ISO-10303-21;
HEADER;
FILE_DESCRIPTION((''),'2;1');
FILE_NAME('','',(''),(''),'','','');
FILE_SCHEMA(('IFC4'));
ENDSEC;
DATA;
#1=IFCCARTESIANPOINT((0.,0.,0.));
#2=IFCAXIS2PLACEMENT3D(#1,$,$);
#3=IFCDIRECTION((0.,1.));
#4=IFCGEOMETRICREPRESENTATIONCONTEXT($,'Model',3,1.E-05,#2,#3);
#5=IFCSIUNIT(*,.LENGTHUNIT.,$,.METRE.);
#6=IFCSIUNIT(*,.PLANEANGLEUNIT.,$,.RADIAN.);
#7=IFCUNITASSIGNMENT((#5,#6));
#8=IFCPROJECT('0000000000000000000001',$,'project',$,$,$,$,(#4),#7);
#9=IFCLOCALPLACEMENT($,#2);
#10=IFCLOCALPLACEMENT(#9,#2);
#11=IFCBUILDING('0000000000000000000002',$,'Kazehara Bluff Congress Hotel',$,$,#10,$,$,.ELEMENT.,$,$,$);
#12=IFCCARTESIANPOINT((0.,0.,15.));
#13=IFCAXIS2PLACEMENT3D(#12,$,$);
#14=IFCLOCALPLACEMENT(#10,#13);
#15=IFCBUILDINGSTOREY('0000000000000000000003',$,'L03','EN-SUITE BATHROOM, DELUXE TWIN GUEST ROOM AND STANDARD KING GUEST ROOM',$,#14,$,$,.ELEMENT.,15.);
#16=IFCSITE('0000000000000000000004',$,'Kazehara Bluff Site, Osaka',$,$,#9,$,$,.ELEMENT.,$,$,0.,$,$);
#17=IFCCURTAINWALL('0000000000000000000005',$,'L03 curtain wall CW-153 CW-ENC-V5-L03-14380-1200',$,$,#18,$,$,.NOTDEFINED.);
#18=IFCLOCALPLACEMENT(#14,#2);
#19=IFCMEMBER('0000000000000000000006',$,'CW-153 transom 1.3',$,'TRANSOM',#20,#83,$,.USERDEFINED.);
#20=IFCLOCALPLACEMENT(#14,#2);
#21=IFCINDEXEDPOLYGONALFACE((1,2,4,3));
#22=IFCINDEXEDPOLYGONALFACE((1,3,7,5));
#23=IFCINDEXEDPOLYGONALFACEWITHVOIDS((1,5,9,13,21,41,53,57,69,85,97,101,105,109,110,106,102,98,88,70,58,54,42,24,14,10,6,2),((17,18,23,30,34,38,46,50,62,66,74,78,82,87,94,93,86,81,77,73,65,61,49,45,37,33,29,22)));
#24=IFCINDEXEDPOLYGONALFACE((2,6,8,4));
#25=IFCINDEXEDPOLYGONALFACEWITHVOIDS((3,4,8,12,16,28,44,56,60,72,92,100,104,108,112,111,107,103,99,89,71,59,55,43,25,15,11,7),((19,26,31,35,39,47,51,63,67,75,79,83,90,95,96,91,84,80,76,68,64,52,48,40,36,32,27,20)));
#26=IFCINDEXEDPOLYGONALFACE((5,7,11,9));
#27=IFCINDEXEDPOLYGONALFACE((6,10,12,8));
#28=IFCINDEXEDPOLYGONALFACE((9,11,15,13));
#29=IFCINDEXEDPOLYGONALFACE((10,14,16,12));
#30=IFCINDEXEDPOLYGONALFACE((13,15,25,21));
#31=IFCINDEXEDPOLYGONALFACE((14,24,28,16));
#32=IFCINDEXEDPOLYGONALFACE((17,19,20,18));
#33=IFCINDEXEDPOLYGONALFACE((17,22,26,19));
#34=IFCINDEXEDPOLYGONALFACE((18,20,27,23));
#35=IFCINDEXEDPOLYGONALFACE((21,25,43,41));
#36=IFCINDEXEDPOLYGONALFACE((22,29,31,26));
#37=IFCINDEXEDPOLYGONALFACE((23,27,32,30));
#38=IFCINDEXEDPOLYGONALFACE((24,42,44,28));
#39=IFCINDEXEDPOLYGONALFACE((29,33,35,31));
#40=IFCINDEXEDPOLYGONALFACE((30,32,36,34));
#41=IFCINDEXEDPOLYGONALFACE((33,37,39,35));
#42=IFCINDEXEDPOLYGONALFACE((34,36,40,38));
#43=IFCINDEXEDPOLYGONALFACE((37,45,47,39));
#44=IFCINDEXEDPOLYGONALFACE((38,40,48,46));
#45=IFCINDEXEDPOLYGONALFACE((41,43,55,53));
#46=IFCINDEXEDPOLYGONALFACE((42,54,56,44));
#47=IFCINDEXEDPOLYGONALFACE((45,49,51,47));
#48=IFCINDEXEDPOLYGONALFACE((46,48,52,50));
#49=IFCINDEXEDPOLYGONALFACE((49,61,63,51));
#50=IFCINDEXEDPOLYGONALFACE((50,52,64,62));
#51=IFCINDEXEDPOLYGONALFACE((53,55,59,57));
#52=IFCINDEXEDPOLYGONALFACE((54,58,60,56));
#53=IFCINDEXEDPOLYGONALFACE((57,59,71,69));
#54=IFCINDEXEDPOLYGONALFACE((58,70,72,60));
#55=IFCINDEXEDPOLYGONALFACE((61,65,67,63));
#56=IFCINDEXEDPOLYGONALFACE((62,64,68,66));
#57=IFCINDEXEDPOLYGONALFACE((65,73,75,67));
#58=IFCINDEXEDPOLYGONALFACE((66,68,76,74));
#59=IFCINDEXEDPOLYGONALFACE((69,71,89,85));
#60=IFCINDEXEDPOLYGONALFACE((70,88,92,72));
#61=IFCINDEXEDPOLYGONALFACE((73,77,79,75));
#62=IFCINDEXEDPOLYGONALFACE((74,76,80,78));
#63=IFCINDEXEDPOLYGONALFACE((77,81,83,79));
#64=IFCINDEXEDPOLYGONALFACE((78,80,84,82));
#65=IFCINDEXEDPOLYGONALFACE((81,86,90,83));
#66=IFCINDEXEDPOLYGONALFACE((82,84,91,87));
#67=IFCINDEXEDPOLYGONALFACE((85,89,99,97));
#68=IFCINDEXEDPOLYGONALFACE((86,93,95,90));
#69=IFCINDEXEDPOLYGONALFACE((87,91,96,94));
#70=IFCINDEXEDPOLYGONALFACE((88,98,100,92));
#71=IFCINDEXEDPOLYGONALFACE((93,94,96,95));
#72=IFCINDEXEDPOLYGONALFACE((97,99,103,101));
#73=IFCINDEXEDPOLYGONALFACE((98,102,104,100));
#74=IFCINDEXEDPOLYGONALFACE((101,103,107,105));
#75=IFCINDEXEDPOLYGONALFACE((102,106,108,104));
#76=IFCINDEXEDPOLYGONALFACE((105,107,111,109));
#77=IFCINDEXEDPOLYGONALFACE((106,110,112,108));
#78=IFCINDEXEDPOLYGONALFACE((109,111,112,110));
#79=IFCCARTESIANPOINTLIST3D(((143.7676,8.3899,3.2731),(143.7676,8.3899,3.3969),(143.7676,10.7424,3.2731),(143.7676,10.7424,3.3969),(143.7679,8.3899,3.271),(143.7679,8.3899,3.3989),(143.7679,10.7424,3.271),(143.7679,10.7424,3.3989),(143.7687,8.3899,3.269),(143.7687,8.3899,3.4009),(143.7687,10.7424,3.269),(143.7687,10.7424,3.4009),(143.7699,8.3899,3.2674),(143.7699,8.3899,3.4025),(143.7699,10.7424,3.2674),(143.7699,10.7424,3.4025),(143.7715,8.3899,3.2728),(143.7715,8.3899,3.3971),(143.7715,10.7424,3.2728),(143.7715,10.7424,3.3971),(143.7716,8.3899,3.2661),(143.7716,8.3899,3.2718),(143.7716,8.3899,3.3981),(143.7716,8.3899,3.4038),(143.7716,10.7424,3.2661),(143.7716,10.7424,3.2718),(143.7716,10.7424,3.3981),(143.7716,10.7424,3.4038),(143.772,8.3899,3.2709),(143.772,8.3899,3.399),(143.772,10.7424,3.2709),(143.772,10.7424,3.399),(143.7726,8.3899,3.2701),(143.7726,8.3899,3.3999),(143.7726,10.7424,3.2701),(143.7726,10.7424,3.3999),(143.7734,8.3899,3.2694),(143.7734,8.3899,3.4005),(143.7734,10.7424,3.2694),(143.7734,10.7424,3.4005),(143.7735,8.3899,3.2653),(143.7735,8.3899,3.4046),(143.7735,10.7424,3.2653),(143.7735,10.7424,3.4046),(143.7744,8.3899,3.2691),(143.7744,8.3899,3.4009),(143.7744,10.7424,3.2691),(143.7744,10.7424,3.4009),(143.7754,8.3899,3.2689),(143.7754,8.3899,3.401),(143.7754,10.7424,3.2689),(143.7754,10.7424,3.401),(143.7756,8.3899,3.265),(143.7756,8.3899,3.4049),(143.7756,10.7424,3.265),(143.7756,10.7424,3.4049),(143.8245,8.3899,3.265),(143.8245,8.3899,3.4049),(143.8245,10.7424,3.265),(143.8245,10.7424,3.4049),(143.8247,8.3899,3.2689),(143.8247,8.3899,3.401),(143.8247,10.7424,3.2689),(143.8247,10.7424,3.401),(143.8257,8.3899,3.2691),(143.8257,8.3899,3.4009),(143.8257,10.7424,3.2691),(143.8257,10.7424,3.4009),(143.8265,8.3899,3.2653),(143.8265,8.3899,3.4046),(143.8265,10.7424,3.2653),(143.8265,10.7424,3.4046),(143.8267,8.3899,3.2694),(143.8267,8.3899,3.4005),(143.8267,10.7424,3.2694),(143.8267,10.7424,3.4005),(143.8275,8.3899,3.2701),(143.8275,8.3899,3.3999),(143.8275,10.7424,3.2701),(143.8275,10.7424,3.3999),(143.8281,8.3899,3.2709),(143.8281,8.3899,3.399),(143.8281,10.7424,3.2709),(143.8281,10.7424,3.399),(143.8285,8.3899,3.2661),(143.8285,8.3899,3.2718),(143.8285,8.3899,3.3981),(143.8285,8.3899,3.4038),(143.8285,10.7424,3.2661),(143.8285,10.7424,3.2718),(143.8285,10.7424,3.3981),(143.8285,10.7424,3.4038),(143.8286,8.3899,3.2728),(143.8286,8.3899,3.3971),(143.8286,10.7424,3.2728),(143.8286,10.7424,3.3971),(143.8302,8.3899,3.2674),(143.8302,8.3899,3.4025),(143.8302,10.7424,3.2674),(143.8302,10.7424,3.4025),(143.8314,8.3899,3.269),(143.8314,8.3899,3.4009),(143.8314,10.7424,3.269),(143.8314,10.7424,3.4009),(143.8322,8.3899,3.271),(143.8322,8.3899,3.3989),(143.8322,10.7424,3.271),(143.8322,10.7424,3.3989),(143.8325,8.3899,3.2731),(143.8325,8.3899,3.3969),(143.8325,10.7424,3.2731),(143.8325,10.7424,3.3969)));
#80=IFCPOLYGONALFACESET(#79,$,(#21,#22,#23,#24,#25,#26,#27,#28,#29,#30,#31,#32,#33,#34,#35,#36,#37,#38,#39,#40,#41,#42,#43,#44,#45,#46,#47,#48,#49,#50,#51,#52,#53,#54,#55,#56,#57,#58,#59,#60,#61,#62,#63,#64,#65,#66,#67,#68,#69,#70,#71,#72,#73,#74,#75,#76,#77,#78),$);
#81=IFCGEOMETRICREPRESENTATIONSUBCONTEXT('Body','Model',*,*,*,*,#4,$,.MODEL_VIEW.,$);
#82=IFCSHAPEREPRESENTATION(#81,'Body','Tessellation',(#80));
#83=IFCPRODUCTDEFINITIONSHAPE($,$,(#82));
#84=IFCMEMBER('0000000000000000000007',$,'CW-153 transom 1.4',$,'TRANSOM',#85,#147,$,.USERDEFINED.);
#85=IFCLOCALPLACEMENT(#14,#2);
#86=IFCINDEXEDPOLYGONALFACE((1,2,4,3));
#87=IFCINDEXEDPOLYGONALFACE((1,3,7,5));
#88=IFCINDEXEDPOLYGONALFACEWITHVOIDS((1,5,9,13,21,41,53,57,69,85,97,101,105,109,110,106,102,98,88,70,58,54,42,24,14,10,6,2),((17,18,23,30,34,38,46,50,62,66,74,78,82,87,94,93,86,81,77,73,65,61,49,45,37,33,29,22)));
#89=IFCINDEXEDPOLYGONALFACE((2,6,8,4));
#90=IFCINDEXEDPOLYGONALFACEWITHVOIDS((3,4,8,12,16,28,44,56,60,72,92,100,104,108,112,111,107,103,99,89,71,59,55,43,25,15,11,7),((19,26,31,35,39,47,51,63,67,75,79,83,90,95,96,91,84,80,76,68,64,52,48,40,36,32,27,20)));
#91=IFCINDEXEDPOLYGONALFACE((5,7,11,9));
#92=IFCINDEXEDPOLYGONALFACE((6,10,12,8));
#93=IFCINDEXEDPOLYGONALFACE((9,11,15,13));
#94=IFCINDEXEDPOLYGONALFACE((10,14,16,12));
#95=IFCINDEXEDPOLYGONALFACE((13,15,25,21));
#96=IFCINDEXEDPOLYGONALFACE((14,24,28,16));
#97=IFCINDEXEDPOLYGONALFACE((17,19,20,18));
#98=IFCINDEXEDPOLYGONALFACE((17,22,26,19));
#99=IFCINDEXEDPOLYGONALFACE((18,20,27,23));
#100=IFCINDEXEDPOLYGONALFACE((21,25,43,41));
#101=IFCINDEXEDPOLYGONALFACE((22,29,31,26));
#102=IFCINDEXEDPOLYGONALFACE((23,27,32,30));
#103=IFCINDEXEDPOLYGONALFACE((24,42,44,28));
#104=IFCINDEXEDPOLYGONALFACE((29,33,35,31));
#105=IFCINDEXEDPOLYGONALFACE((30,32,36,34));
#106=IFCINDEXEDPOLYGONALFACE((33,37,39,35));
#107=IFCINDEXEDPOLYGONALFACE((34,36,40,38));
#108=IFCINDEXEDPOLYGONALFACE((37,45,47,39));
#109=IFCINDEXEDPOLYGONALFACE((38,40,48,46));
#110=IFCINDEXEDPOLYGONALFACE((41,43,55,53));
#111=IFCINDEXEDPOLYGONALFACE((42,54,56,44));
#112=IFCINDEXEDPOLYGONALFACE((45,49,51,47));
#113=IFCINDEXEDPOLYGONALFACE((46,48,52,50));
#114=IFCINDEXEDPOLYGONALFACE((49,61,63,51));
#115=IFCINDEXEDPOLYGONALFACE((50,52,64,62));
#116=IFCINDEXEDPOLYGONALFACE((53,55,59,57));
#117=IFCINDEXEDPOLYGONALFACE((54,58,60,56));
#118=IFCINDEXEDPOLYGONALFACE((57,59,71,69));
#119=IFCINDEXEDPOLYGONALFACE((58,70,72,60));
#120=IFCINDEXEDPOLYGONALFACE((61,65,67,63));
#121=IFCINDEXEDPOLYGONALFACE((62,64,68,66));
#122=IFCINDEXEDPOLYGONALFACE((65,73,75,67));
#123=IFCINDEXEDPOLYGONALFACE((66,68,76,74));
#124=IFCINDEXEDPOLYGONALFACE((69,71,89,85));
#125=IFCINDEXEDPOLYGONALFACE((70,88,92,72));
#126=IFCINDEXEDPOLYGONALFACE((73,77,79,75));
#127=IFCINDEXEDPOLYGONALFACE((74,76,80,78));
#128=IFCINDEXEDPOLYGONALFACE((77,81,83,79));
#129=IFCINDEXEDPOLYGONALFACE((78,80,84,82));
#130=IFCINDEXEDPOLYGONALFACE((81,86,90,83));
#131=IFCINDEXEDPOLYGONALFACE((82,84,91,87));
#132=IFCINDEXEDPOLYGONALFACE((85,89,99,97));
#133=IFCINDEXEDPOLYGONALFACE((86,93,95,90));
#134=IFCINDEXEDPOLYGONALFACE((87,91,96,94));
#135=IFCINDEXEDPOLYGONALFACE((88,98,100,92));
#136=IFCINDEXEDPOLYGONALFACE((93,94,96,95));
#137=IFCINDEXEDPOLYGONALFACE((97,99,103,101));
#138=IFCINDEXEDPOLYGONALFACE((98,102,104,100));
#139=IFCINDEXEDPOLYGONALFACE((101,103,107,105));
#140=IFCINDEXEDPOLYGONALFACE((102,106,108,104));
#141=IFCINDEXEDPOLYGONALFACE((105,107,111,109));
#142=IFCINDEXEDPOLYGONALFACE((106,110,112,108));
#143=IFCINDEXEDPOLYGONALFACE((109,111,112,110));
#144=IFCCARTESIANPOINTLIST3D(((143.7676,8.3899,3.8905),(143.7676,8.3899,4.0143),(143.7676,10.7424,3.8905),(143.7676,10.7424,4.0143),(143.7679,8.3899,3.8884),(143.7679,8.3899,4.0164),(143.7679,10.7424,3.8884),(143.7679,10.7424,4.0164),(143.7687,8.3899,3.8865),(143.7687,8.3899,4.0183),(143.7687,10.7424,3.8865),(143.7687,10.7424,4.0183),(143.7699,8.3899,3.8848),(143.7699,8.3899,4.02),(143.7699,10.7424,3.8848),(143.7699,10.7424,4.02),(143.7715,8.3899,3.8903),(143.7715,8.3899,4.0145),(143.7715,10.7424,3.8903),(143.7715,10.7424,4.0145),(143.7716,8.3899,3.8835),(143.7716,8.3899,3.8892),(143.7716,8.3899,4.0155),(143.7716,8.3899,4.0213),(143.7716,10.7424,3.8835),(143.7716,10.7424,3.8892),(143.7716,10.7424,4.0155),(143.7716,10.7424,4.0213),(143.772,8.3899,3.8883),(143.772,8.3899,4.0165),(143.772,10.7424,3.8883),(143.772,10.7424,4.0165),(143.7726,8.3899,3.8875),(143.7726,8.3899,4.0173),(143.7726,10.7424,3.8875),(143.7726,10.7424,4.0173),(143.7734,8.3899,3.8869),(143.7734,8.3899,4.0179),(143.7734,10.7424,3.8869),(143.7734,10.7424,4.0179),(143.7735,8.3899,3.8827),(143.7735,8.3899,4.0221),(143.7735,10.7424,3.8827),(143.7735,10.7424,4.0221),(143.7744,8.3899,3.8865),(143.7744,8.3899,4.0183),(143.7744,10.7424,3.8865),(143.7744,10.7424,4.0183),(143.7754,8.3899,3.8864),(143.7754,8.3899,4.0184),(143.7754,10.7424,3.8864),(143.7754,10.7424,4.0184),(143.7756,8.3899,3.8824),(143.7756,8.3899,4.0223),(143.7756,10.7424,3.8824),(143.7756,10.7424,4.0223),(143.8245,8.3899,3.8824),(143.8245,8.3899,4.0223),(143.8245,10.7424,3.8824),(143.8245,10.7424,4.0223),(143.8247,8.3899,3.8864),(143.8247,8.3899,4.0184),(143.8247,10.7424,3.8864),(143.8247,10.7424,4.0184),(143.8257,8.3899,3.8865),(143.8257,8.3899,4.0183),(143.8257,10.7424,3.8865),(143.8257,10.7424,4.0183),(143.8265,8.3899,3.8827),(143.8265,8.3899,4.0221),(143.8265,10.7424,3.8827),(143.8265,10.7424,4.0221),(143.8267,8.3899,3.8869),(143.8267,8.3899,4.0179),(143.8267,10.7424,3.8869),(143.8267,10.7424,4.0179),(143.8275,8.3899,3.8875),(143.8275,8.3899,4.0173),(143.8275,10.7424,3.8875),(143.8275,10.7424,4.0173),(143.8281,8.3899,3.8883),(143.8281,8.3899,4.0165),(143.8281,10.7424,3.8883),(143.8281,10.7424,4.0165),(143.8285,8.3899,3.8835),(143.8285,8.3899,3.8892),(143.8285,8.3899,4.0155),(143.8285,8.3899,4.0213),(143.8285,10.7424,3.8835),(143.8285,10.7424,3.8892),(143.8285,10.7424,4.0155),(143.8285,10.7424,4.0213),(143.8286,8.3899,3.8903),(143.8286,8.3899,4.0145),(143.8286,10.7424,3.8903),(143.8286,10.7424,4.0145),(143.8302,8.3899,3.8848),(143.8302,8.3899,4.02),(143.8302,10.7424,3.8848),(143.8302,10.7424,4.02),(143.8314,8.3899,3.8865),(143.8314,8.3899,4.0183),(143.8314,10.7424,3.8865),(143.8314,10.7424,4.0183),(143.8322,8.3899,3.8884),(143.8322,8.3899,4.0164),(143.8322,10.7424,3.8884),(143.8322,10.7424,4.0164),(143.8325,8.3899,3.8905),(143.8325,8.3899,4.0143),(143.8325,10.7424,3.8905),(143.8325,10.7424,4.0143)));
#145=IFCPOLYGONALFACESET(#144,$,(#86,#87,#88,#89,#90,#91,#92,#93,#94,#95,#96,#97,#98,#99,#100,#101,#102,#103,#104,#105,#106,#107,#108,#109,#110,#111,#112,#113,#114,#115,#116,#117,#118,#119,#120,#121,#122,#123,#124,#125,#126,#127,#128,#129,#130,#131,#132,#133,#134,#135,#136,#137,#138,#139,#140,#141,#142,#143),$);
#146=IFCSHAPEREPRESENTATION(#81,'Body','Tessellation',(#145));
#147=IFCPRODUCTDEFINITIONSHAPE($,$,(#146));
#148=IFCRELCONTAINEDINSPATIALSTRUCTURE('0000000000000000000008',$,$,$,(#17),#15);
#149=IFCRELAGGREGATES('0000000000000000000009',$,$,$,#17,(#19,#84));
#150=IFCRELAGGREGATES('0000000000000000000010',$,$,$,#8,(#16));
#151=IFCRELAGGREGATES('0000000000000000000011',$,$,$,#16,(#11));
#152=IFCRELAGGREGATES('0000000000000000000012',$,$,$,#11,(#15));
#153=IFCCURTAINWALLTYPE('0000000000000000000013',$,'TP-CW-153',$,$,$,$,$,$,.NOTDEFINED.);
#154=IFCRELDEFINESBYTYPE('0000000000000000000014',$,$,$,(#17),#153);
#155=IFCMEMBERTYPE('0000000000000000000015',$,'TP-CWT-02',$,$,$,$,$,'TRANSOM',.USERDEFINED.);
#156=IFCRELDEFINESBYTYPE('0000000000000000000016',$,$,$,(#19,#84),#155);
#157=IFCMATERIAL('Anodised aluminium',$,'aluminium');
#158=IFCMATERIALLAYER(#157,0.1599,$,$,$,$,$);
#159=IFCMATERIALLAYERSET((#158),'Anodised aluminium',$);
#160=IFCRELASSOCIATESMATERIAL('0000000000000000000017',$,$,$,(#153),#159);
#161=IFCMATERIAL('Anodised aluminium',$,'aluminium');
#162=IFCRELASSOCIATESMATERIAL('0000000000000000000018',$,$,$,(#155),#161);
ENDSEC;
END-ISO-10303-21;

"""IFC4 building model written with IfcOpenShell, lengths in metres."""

from ifc_helpers import new_model, si_unit, direction, frame, origin, origin_2d, place, context, subcontext, project, spatial, hollow_rectangle, extrude, material, layer, layer_set, material_profile, profile_set, type_object, element, aggregate, save


model = new_model("IFC4")

# Units and contexts
model_context = context("Model", 3, precision=1e-05, world=origin(), true_north=direction((0.0, 1.0)))
body_context = subcontext(model_context, "Body", "Model", "MODEL_VIEW")
ifc_project = project(units=[si_unit("LENGTHUNIT", "METRE"), si_unit("PLANEANGLEUNIT", "RADIAN")], contexts=[model_context])

# Site, building, storey
site_placement = place(None, origin())
site = spatial("IfcSite", under=ifc_project, at=site_placement, Name="Kazehara Bluff Site, Osaka", CompositionType="ELEMENT", RefElevation=0.0)
building_placement = place(site_placement, origin())
building = spatial("IfcBuilding", under=site, at=building_placement, Name="Kazehara Bluff Congress Hotel", CompositionType="ELEMENT")
storey_placement = place(building_placement, frame((0.0, 0.0, 15.0)))
storey = spatial("IfcBuildingStorey", under=building, at=storey_placement, Name="L03", Description="EN-SUITE BATHROOM, DELUXE TWIN GUEST ROOM AND STANDARD KING GUEST ROOM", CompositionType="ELEMENT", Elevation=15.0)

# Curtain wall, members
ifc_material_1 = material(Name="Anodised aluminium", Category="aluminium")
ifc_layer_1 = layer(ifc_material_1, 0.1599)
ifc_layer_set_1 = layer_set([ifc_layer_1], Name="Anodised aluminium")
curtain_wall_type_1 = type_object("IfcCurtainWallType", Name="TP-CW-153", PredefinedType="NOTDEFINED", material=ifc_layer_set_1)
curtain_wall_1_placement = place(storey_placement, origin())
curtain_wall_1 = element("IfcCurtainWall", 1, at=curtain_wall_1_placement, inside=storey, type_object=curtain_wall_type_1, Name="L03 curtain wall CW-153 CW-ENC-V5-L03-14380-1200", PredefinedType="NOTDEFINED")
ifc_material_2 = material(Name="Anodised aluminium", Category="aluminium")
ifc_material_profile_1 = material_profile(ifc_material_2, hollow_rectangle(XDim=0.0649, YDim=0.1399, WallThickness=0.0039, InnerFilletRadius=0.0039, OuterFilletRadius=0.0081, at=origin_2d()))
ifc_profile_set_1 = profile_set([ifc_material_profile_1], Name="Anodised aluminium")
member_type_1 = type_object("IfcMemberType", Name="TP-CWT-02", ElementType="TRANSOM", PredefinedType="USERDEFINED", material=ifc_profile_set_1)
member_1_placement = place(storey_placement, frame((143.8, 8.3899, 3.335), z_axis=(0.0, 1.0, 0.0), x_axis=(-1.0, 0.0, 0.0)))
member_1 = element("IfcMember", 2, at=member_1_placement, type_object=member_type_1, Name="CW-153 transom 1.3", ObjectType="TRANSOM", PredefinedType="USERDEFINED", context=body_context, shape_type="SweptSolid", body=[
    extrude(hollow_rectangle(XDim=0.0649, YDim=0.1399, WallThickness=0.0039, InnerFilletRadius=0.0039, OuterFilletRadius=0.0081, at=origin_2d()), origin(), (0.0, 0.0, 1.0), 2.3525),
])
member_2_placement = place(storey_placement, frame((143.8, 8.3899, 3.9524), z_axis=(0.0, 1.0, 0.0), x_axis=(-1.0, 0.0, 0.0)))
member_2 = element("IfcMember", 3, at=member_2_placement, type_object=member_type_1, Name="CW-153 transom 1.4", ObjectType="TRANSOM", PredefinedType="USERDEFINED", context=body_context, shape_type="SweptSolid", body=[
    extrude(hollow_rectangle(XDim=0.0649, YDim=0.1399, WallThickness=0.0039, InnerFilletRadius=0.0039, OuterFilletRadius=0.0081, at=origin_2d()), origin(), (0.0, 0.0, 1.0), 2.3525),
])

aggregate(curtain_wall_1, [member_1, member_2])

save(model, "model.ifc")
